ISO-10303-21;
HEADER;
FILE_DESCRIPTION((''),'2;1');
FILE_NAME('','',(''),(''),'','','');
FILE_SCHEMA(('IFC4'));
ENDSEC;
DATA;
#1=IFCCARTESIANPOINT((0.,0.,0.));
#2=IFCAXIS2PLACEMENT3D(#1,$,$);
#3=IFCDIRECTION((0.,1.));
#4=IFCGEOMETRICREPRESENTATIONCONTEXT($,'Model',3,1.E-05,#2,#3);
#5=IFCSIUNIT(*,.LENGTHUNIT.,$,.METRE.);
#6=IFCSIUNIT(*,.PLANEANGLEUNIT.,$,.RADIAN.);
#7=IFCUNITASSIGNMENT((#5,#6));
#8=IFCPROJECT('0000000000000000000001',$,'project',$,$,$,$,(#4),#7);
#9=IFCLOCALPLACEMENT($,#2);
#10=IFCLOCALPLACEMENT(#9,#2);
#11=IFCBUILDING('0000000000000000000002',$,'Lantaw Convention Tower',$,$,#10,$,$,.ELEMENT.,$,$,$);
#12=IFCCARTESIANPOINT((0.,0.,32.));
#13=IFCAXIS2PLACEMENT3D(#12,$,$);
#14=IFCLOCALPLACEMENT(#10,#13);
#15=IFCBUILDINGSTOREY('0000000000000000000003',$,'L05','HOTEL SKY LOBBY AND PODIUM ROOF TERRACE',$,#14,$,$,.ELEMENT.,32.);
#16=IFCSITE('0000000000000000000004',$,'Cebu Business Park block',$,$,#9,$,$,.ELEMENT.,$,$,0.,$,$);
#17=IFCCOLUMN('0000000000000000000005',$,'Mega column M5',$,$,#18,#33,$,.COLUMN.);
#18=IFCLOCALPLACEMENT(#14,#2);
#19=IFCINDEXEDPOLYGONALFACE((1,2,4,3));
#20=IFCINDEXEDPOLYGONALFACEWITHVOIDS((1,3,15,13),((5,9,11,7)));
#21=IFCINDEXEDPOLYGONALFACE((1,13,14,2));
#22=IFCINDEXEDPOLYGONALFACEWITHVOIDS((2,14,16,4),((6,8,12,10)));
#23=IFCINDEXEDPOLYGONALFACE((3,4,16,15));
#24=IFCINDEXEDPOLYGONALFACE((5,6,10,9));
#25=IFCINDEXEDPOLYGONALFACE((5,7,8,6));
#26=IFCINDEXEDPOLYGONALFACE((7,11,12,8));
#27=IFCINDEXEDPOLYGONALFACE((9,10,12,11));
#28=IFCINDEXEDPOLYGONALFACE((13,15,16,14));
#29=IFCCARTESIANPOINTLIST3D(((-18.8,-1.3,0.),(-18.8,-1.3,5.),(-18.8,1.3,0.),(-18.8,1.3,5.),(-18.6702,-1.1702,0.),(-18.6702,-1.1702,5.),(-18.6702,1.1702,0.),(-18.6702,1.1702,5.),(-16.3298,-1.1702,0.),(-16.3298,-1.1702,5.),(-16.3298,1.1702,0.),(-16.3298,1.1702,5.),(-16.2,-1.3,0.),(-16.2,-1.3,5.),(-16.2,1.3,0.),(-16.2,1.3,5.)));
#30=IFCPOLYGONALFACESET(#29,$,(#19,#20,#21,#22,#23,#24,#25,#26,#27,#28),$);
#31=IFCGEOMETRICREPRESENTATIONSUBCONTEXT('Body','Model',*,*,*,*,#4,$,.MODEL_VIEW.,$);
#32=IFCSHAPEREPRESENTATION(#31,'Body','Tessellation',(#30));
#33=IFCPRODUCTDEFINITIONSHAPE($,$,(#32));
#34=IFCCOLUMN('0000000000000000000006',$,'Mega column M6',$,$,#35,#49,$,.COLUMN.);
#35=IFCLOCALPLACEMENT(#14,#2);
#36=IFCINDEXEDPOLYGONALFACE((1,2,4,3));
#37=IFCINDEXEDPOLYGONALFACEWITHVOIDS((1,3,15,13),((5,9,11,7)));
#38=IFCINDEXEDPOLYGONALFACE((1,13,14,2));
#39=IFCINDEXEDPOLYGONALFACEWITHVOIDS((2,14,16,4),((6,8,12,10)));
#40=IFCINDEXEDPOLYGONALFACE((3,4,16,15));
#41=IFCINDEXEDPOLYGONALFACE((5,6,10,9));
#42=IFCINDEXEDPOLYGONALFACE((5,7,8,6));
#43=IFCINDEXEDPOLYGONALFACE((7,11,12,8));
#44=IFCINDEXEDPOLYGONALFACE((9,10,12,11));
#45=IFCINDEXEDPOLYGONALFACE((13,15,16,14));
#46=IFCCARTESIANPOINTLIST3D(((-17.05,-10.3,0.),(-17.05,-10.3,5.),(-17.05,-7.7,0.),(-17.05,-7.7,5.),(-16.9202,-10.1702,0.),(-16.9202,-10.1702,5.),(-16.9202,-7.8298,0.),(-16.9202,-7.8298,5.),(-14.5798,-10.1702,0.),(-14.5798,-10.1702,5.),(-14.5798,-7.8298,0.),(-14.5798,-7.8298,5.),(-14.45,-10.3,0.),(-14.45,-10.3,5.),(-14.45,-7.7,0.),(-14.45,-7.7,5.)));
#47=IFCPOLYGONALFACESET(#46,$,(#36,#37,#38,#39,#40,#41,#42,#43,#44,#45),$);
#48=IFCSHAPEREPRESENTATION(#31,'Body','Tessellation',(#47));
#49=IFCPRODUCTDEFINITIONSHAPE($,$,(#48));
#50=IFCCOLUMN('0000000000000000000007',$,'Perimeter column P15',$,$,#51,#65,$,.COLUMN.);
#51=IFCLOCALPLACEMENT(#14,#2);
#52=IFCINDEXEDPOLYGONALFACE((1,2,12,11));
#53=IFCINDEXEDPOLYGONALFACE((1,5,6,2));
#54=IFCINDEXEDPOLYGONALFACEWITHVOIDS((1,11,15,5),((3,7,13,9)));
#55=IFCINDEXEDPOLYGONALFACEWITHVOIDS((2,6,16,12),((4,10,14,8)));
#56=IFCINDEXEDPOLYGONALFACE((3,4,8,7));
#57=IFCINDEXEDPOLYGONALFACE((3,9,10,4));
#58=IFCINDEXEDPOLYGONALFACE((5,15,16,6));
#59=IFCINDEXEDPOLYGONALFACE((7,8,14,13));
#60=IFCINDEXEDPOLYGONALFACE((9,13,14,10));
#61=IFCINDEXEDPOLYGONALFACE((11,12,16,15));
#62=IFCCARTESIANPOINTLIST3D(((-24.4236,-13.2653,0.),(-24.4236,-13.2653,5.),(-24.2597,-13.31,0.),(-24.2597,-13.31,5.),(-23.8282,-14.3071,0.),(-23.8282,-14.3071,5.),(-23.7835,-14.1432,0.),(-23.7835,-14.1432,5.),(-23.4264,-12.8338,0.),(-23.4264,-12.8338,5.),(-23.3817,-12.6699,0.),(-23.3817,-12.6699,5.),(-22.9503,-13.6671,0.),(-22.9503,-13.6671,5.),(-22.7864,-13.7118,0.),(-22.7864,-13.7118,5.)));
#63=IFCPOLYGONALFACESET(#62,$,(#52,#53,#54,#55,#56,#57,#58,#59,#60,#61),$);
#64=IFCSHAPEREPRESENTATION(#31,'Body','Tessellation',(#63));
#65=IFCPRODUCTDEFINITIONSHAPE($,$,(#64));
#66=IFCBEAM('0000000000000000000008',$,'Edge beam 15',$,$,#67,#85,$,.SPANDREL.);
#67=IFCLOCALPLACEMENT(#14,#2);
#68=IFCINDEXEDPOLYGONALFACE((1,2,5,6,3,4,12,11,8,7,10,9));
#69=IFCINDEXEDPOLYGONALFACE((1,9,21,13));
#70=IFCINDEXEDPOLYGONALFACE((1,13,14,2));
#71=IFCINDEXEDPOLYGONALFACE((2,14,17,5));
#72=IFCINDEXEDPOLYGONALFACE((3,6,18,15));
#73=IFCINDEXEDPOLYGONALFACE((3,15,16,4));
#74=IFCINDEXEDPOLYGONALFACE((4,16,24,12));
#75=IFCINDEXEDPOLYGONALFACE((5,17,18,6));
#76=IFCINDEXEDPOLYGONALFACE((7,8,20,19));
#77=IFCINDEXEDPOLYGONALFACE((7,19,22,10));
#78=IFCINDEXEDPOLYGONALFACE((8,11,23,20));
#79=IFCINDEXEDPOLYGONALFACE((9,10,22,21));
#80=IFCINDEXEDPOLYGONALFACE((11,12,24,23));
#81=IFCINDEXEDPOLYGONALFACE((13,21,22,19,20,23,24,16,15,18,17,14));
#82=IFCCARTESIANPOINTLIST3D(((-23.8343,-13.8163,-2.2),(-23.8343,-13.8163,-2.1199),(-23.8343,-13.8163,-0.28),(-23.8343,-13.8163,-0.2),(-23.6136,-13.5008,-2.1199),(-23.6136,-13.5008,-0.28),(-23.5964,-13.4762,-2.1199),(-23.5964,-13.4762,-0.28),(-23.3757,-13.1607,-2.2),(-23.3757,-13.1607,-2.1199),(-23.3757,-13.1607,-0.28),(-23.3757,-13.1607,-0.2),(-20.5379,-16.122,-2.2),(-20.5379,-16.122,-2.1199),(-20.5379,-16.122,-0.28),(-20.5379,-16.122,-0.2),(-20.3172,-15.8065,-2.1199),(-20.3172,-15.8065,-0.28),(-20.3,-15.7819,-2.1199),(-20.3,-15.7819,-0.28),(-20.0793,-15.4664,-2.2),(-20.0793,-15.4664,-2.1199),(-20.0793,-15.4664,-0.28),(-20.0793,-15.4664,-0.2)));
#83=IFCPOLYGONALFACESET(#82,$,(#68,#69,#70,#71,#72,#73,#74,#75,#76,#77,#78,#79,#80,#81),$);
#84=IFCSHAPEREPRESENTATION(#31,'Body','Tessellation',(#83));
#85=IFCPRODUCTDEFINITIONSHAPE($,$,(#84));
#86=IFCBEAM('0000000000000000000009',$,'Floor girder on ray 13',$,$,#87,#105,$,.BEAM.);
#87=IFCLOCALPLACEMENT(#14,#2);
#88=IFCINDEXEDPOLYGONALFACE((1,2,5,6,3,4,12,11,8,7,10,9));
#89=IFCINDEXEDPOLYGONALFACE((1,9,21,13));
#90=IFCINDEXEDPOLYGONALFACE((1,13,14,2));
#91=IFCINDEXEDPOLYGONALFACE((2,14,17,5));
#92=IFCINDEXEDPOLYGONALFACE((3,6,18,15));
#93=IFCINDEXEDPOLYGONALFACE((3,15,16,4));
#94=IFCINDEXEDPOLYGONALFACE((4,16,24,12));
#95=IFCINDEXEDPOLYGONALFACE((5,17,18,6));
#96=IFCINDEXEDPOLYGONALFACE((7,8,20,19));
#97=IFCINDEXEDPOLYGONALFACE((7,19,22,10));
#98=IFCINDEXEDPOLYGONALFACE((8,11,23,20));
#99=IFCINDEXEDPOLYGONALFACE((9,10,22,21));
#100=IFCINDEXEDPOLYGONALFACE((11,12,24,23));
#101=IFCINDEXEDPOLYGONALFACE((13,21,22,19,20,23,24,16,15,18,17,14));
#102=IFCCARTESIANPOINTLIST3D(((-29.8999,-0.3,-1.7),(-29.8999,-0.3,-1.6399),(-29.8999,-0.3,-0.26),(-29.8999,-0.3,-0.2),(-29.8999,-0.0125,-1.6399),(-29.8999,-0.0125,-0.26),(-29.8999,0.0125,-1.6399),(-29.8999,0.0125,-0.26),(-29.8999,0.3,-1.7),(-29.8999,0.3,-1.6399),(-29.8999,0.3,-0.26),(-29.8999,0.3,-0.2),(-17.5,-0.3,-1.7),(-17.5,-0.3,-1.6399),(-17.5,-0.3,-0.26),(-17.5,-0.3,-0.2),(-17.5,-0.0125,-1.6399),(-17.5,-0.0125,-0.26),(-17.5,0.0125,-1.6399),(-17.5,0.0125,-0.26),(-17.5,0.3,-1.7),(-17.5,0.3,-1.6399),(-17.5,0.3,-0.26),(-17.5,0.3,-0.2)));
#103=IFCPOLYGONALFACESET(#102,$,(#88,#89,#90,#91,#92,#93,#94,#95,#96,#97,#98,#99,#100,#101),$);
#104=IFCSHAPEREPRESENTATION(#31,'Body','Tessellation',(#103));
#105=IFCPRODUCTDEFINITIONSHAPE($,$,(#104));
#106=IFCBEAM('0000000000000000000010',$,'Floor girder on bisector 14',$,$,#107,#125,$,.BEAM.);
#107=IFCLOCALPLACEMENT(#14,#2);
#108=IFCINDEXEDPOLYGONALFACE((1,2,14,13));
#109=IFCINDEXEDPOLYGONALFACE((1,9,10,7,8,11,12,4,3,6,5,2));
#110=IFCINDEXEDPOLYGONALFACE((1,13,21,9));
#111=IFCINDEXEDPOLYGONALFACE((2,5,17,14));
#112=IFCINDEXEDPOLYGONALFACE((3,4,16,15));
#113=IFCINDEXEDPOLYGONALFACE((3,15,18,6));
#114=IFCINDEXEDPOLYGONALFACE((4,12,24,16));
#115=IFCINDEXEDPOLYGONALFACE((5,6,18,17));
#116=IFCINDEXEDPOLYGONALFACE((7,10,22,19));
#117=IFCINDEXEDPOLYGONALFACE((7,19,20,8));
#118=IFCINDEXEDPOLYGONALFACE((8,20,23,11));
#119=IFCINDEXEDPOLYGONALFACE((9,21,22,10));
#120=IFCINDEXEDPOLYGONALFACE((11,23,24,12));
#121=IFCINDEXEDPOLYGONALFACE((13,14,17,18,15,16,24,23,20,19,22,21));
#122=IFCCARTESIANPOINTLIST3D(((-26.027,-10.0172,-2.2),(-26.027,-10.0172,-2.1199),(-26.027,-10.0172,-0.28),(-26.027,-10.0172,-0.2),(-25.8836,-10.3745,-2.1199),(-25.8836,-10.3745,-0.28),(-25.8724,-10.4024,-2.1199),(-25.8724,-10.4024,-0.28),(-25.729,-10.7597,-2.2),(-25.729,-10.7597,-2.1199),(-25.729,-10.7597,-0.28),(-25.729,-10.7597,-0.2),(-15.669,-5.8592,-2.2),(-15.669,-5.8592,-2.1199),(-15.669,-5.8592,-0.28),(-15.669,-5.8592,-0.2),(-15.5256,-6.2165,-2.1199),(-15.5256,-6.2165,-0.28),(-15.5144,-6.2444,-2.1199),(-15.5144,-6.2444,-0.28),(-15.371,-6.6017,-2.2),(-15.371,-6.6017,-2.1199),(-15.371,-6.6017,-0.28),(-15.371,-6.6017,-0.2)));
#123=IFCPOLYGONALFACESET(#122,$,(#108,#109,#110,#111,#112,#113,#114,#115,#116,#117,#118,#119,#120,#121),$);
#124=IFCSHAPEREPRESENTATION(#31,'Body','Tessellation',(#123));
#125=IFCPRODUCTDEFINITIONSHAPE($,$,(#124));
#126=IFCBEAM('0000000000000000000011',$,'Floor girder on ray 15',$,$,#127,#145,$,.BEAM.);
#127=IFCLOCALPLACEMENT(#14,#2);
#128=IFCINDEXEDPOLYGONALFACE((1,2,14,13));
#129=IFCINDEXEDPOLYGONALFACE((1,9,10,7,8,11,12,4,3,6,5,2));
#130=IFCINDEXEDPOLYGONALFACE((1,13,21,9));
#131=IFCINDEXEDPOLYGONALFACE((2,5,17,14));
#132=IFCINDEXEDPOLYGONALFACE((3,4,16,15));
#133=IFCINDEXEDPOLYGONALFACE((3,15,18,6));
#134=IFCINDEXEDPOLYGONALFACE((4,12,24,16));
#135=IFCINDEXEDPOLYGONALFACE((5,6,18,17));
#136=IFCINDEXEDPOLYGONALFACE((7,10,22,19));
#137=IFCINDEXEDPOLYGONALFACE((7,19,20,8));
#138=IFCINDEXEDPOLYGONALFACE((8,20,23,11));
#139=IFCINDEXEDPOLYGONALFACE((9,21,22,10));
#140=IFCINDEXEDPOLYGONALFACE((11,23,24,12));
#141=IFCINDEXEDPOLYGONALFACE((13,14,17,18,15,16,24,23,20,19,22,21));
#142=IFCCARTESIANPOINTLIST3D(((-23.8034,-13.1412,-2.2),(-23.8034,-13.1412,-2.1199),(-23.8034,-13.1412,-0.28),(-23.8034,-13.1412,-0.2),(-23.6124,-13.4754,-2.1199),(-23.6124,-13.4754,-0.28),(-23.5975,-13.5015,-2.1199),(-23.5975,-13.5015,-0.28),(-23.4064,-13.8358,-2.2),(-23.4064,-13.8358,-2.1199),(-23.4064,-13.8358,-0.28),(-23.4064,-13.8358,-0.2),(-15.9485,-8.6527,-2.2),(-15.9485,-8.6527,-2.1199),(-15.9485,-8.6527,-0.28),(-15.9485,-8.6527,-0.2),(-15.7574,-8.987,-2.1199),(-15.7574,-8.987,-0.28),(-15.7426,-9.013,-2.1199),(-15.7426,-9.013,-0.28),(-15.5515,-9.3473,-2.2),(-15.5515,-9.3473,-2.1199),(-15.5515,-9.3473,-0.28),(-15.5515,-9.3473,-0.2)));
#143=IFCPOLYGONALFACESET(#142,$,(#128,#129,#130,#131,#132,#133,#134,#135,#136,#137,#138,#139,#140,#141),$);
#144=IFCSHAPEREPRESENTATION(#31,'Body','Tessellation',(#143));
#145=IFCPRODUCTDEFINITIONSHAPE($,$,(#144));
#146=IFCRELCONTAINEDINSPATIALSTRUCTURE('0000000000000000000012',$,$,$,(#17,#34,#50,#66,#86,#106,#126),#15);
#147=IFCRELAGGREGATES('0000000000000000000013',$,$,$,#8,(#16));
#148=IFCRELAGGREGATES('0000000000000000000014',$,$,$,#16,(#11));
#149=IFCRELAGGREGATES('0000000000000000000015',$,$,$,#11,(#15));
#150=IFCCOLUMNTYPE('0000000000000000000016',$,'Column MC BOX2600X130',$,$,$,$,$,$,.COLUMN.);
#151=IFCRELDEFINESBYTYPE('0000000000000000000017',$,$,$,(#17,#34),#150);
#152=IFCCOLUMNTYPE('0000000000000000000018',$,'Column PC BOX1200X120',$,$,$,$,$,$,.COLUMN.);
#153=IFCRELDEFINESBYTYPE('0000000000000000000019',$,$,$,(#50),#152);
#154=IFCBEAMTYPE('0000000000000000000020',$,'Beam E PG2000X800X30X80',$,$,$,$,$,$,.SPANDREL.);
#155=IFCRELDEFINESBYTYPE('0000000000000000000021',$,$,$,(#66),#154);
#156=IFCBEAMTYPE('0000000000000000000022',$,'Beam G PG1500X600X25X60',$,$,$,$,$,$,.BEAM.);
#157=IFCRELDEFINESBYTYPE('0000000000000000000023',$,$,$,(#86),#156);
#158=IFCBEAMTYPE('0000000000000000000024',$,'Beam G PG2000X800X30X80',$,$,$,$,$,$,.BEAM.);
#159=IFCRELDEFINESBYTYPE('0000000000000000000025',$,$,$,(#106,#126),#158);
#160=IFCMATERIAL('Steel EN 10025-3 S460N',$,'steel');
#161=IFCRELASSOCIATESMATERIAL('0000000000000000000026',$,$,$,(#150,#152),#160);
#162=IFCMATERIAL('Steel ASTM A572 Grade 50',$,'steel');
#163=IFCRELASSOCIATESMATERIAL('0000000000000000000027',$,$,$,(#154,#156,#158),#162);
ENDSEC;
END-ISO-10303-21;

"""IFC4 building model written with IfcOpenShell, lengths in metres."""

from ifc_helpers import new_model, si_unit, direction, frame, origin, origin_2d, place, context, subcontext, project, spatial, rectangle, hollow_rectangle, i_section, extrude, material, material_profile, profile_set, type_object, element, save


model = new_model("IFC4")

# Units and contexts
model_context = context("Model", 3, precision=1e-05, world=origin(), true_north=direction((0.0, 1.0)))
body_context = subcontext(model_context, "Body", "Model", "MODEL_VIEW")
ifc_project = project(units=[si_unit("LENGTHUNIT", "METRE"), si_unit("PLANEANGLEUNIT", "RADIAN")], contexts=[model_context])

# Site, building, storey
site_placement = place(None, origin())
site = spatial("IfcSite", under=ifc_project, at=site_placement, Name="Cebu Business Park block", CompositionType="ELEMENT", RefElevation=0.0)
building_placement = place(site_placement, origin())
building = spatial("IfcBuilding", under=site, at=building_placement, Name="Lantaw Convention Tower", CompositionType="ELEMENT")
storey_placement = place(building_placement, frame((0.0, 0.0, 32.0)))
storey = spatial("IfcBuildingStorey", under=building, at=storey_placement, Name="L05", Description="HOTEL SKY LOBBY AND PODIUM ROOF TERRACE", CompositionType="ELEMENT", Elevation=32.0)

# Columns
ifc_material_1 = material(Name="Steel EN 10025-3 S460N", Category="steel")
ifc_material_profile_1 = material_profile(ifc_material_1, hollow_rectangle(XDim=2.6001, YDim=2.6001, WallThickness=0.1299, at=origin_2d()), Name="BOX2600X130")
ifc_material_2 = material(Name="Concrete C60/75", Category="concrete")
ifc_material_profile_2 = material_profile(ifc_material_2, rectangle(XDim=2.3401, YDim=2.3401, at=origin_2d()), Name="Concrete fill of BOX2600X130")
ifc_profile_set_1 = profile_set([ifc_material_profile_1, ifc_material_profile_2], Name="Steel EN 10025-3 S460N")
column_type_1 = type_object("IfcColumnType", Name="Column MC BOX2600X130", PredefinedType="COLUMN", material=ifc_profile_set_1)
for number, where, z_axis, x_axis, name in (
    (1, (-17.5, 0.0, 0.0), (0.0, 0.0, 1.0), (1.0, 0.0, 0.0), "Mega column M5"),
    (2, (-15.75, -9.0, 0.0), (0.0, 0.0, 1.0), (1.0, 0.0, 0.0), "Mega column M6"),
):
    element("IfcColumn", number, at=place(storey_placement, frame(where, z_axis=z_axis, x_axis=x_axis)), inside=storey, type_object=column_type_1, Name=name, PredefinedType="COLUMN", context=body_context, shape_type="SweptSolid", body=[
        extrude(hollow_rectangle(XDim=2.6001, YDim=2.6001, WallThickness=0.1299, at=origin_2d()), origin(), (0.0, 0.0, 1.0), 5.0),
    ])
ifc_material_profile_3 = material_profile(ifc_material_1, hollow_rectangle(XDim=1.2, YDim=1.2, WallThickness=0.1201, at=origin_2d()), Name="BOX1200X120")
ifc_material_profile_4 = material_profile(ifc_material_2, rectangle(XDim=0.96, YDim=0.96, at=origin_2d()), Name="Concrete fill of BOX1200X120")
ifc_profile_set_2 = profile_set([ifc_material_profile_3, ifc_material_profile_4], Name="Steel EN 10025-3 S460N")
column_type_2 = type_object("IfcColumnType", Name="Column PC BOX1200X120", PredefinedType="COLUMN", material=ifc_profile_set_2)
column_placement = place(storey_placement, frame((-23.605, -13.4885, 0.0), z_axis=(0.0, 0.0, 1.0), x_axis=(0.868243, 0.496139, 0.0)))
element("IfcColumn", 3, at=column_placement, inside=storey, type_object=column_type_2, Name="Perimeter column P15", PredefinedType="COLUMN", context=body_context, shape_type="SweptSolid", body=[
    extrude(hollow_rectangle(XDim=1.2, YDim=1.2, WallThickness=0.1201, at=origin_2d()), origin(), (0.0, 0.0, 1.0), 5.0),
])

# Beams
ifc_material_3 = material(Name="Steel ASTM A572 Grade 50", Category="steel")
ifc_material_profile_5 = material_profile(ifc_material_3, i_section(OverallWidth=0.8, OverallDepth=2.0, WebThickness=0.03, FlangeThickness=0.0801, at=origin_2d()), Name="PG2000X800X30X80")
ifc_profile_set_3 = profile_set([ifc_material_profile_5], Name="Steel ASTM A572 Grade 50")
beam_type_1 = type_object("IfcBeamType", Name="Beam E PG2000X800X30X80", PredefinedType="SPANDREL", material=ifc_profile_set_3)
beam_1_placement = place(storey_placement, frame((-23.605, -13.4885, -1.2), z_axis=(0.819443, -0.573161, 0.0), x_axis=(0.573161, 0.819443, 0.0)))
element("IfcBeam", 4, at=beam_1_placement, inside=storey, type_object=beam_type_1, Name="Edge beam 15", PredefinedType="SPANDREL", context=body_context, shape_type="SweptSolid", body=[
    extrude(i_section(OverallWidth=0.8, OverallDepth=2.0, WebThickness=0.03, FlangeThickness=0.0801, at=origin_2d()), origin(), (0.0, 0.0, 1.0), 4.0227),
])
ifc_material_profile_6 = material_profile(ifc_material_3, i_section(OverallWidth=0.6001, OverallDepth=1.5, WebThickness=0.0249, FlangeThickness=0.0601, at=origin_2d()), Name="PG1500X600X25X60")
ifc_profile_set_4 = profile_set([ifc_material_profile_6], Name="Steel ASTM A572 Grade 50")
beam_type_2 = type_object("IfcBeamType", Name="Beam G PG1500X600X25X60", PredefinedType="BEAM", material=ifc_profile_set_4)
beam_2_placement = place(storey_placement, frame((-17.5, 0.0, -0.95), z_axis=(-1.0, 0.0, 0.0), x_axis=(0.0, -1.0, 0.0)))
element("IfcBeam", 5, at=beam_2_placement, inside=storey, type_object=beam_type_2, Name="Floor girder on ray 13", PredefinedType="BEAM", context=body_context, shape_type="SweptSolid", body=[
    extrude(i_section(OverallWidth=0.6001, OverallDepth=1.5, WebThickness=0.0249, FlangeThickness=0.0601, at=origin_2d()), origin(), (0.0, 0.0, 1.0), 12.3999),
])
ifc_material_profile_7 = material_profile(ifc_material_3, i_section(OverallWidth=0.8, OverallDepth=2.0, WebThickness=0.03, FlangeThickness=0.0801, at=origin_2d()), Name="PG2000X800X30X80")
ifc_profile_set_5 = profile_set([ifc_material_profile_7], Name="Steel ASTM A572 Grade 50")
beam_type_3 = type_object("IfcBeamType", Name="Beam G PG2000X800X30X80", PredefinedType="BEAM", material=ifc_profile_set_5)
beam_3_placement = place(storey_placement, frame((-15.52, -6.2305, -1.2), z_axis=(-0.928019, -0.372533, 0.0), x_axis=(0.372533, -0.928019, 0.0)))
element("IfcBeam", 6, at=beam_3_placement, inside=storey, type_object=beam_type_3, Name="Floor girder on bisector 14", PredefinedType="BEAM", context=body_context, shape_type="SweptSolid", body=[
    extrude(i_section(OverallWidth=0.8, OverallDepth=2.0, WebThickness=0.03, FlangeThickness=0.0801, at=origin_2d()), origin(), (0.0, 0.0, 1.0), 11.1614),
])
beam_4_placement = place(storey_placement, frame((-15.75, -9.0, -1.2), z_axis=(-0.868245, -0.496136, 0.0), x_axis=(0.496136, -0.868245, 0.0)))
element("IfcBeam", 7, at=beam_4_placement, inside=storey, type_object=beam_type_3, Name="Floor girder on ray 15", PredefinedType="BEAM", context=body_context, shape_type="SweptSolid", body=[
    extrude(i_section(OverallWidth=0.8, OverallDepth=2.0, WebThickness=0.03, FlangeThickness=0.0801, at=origin_2d()), origin(), (0.0, 0.0, 1.0), 9.0469),
])

save(model, "model.ifc")
